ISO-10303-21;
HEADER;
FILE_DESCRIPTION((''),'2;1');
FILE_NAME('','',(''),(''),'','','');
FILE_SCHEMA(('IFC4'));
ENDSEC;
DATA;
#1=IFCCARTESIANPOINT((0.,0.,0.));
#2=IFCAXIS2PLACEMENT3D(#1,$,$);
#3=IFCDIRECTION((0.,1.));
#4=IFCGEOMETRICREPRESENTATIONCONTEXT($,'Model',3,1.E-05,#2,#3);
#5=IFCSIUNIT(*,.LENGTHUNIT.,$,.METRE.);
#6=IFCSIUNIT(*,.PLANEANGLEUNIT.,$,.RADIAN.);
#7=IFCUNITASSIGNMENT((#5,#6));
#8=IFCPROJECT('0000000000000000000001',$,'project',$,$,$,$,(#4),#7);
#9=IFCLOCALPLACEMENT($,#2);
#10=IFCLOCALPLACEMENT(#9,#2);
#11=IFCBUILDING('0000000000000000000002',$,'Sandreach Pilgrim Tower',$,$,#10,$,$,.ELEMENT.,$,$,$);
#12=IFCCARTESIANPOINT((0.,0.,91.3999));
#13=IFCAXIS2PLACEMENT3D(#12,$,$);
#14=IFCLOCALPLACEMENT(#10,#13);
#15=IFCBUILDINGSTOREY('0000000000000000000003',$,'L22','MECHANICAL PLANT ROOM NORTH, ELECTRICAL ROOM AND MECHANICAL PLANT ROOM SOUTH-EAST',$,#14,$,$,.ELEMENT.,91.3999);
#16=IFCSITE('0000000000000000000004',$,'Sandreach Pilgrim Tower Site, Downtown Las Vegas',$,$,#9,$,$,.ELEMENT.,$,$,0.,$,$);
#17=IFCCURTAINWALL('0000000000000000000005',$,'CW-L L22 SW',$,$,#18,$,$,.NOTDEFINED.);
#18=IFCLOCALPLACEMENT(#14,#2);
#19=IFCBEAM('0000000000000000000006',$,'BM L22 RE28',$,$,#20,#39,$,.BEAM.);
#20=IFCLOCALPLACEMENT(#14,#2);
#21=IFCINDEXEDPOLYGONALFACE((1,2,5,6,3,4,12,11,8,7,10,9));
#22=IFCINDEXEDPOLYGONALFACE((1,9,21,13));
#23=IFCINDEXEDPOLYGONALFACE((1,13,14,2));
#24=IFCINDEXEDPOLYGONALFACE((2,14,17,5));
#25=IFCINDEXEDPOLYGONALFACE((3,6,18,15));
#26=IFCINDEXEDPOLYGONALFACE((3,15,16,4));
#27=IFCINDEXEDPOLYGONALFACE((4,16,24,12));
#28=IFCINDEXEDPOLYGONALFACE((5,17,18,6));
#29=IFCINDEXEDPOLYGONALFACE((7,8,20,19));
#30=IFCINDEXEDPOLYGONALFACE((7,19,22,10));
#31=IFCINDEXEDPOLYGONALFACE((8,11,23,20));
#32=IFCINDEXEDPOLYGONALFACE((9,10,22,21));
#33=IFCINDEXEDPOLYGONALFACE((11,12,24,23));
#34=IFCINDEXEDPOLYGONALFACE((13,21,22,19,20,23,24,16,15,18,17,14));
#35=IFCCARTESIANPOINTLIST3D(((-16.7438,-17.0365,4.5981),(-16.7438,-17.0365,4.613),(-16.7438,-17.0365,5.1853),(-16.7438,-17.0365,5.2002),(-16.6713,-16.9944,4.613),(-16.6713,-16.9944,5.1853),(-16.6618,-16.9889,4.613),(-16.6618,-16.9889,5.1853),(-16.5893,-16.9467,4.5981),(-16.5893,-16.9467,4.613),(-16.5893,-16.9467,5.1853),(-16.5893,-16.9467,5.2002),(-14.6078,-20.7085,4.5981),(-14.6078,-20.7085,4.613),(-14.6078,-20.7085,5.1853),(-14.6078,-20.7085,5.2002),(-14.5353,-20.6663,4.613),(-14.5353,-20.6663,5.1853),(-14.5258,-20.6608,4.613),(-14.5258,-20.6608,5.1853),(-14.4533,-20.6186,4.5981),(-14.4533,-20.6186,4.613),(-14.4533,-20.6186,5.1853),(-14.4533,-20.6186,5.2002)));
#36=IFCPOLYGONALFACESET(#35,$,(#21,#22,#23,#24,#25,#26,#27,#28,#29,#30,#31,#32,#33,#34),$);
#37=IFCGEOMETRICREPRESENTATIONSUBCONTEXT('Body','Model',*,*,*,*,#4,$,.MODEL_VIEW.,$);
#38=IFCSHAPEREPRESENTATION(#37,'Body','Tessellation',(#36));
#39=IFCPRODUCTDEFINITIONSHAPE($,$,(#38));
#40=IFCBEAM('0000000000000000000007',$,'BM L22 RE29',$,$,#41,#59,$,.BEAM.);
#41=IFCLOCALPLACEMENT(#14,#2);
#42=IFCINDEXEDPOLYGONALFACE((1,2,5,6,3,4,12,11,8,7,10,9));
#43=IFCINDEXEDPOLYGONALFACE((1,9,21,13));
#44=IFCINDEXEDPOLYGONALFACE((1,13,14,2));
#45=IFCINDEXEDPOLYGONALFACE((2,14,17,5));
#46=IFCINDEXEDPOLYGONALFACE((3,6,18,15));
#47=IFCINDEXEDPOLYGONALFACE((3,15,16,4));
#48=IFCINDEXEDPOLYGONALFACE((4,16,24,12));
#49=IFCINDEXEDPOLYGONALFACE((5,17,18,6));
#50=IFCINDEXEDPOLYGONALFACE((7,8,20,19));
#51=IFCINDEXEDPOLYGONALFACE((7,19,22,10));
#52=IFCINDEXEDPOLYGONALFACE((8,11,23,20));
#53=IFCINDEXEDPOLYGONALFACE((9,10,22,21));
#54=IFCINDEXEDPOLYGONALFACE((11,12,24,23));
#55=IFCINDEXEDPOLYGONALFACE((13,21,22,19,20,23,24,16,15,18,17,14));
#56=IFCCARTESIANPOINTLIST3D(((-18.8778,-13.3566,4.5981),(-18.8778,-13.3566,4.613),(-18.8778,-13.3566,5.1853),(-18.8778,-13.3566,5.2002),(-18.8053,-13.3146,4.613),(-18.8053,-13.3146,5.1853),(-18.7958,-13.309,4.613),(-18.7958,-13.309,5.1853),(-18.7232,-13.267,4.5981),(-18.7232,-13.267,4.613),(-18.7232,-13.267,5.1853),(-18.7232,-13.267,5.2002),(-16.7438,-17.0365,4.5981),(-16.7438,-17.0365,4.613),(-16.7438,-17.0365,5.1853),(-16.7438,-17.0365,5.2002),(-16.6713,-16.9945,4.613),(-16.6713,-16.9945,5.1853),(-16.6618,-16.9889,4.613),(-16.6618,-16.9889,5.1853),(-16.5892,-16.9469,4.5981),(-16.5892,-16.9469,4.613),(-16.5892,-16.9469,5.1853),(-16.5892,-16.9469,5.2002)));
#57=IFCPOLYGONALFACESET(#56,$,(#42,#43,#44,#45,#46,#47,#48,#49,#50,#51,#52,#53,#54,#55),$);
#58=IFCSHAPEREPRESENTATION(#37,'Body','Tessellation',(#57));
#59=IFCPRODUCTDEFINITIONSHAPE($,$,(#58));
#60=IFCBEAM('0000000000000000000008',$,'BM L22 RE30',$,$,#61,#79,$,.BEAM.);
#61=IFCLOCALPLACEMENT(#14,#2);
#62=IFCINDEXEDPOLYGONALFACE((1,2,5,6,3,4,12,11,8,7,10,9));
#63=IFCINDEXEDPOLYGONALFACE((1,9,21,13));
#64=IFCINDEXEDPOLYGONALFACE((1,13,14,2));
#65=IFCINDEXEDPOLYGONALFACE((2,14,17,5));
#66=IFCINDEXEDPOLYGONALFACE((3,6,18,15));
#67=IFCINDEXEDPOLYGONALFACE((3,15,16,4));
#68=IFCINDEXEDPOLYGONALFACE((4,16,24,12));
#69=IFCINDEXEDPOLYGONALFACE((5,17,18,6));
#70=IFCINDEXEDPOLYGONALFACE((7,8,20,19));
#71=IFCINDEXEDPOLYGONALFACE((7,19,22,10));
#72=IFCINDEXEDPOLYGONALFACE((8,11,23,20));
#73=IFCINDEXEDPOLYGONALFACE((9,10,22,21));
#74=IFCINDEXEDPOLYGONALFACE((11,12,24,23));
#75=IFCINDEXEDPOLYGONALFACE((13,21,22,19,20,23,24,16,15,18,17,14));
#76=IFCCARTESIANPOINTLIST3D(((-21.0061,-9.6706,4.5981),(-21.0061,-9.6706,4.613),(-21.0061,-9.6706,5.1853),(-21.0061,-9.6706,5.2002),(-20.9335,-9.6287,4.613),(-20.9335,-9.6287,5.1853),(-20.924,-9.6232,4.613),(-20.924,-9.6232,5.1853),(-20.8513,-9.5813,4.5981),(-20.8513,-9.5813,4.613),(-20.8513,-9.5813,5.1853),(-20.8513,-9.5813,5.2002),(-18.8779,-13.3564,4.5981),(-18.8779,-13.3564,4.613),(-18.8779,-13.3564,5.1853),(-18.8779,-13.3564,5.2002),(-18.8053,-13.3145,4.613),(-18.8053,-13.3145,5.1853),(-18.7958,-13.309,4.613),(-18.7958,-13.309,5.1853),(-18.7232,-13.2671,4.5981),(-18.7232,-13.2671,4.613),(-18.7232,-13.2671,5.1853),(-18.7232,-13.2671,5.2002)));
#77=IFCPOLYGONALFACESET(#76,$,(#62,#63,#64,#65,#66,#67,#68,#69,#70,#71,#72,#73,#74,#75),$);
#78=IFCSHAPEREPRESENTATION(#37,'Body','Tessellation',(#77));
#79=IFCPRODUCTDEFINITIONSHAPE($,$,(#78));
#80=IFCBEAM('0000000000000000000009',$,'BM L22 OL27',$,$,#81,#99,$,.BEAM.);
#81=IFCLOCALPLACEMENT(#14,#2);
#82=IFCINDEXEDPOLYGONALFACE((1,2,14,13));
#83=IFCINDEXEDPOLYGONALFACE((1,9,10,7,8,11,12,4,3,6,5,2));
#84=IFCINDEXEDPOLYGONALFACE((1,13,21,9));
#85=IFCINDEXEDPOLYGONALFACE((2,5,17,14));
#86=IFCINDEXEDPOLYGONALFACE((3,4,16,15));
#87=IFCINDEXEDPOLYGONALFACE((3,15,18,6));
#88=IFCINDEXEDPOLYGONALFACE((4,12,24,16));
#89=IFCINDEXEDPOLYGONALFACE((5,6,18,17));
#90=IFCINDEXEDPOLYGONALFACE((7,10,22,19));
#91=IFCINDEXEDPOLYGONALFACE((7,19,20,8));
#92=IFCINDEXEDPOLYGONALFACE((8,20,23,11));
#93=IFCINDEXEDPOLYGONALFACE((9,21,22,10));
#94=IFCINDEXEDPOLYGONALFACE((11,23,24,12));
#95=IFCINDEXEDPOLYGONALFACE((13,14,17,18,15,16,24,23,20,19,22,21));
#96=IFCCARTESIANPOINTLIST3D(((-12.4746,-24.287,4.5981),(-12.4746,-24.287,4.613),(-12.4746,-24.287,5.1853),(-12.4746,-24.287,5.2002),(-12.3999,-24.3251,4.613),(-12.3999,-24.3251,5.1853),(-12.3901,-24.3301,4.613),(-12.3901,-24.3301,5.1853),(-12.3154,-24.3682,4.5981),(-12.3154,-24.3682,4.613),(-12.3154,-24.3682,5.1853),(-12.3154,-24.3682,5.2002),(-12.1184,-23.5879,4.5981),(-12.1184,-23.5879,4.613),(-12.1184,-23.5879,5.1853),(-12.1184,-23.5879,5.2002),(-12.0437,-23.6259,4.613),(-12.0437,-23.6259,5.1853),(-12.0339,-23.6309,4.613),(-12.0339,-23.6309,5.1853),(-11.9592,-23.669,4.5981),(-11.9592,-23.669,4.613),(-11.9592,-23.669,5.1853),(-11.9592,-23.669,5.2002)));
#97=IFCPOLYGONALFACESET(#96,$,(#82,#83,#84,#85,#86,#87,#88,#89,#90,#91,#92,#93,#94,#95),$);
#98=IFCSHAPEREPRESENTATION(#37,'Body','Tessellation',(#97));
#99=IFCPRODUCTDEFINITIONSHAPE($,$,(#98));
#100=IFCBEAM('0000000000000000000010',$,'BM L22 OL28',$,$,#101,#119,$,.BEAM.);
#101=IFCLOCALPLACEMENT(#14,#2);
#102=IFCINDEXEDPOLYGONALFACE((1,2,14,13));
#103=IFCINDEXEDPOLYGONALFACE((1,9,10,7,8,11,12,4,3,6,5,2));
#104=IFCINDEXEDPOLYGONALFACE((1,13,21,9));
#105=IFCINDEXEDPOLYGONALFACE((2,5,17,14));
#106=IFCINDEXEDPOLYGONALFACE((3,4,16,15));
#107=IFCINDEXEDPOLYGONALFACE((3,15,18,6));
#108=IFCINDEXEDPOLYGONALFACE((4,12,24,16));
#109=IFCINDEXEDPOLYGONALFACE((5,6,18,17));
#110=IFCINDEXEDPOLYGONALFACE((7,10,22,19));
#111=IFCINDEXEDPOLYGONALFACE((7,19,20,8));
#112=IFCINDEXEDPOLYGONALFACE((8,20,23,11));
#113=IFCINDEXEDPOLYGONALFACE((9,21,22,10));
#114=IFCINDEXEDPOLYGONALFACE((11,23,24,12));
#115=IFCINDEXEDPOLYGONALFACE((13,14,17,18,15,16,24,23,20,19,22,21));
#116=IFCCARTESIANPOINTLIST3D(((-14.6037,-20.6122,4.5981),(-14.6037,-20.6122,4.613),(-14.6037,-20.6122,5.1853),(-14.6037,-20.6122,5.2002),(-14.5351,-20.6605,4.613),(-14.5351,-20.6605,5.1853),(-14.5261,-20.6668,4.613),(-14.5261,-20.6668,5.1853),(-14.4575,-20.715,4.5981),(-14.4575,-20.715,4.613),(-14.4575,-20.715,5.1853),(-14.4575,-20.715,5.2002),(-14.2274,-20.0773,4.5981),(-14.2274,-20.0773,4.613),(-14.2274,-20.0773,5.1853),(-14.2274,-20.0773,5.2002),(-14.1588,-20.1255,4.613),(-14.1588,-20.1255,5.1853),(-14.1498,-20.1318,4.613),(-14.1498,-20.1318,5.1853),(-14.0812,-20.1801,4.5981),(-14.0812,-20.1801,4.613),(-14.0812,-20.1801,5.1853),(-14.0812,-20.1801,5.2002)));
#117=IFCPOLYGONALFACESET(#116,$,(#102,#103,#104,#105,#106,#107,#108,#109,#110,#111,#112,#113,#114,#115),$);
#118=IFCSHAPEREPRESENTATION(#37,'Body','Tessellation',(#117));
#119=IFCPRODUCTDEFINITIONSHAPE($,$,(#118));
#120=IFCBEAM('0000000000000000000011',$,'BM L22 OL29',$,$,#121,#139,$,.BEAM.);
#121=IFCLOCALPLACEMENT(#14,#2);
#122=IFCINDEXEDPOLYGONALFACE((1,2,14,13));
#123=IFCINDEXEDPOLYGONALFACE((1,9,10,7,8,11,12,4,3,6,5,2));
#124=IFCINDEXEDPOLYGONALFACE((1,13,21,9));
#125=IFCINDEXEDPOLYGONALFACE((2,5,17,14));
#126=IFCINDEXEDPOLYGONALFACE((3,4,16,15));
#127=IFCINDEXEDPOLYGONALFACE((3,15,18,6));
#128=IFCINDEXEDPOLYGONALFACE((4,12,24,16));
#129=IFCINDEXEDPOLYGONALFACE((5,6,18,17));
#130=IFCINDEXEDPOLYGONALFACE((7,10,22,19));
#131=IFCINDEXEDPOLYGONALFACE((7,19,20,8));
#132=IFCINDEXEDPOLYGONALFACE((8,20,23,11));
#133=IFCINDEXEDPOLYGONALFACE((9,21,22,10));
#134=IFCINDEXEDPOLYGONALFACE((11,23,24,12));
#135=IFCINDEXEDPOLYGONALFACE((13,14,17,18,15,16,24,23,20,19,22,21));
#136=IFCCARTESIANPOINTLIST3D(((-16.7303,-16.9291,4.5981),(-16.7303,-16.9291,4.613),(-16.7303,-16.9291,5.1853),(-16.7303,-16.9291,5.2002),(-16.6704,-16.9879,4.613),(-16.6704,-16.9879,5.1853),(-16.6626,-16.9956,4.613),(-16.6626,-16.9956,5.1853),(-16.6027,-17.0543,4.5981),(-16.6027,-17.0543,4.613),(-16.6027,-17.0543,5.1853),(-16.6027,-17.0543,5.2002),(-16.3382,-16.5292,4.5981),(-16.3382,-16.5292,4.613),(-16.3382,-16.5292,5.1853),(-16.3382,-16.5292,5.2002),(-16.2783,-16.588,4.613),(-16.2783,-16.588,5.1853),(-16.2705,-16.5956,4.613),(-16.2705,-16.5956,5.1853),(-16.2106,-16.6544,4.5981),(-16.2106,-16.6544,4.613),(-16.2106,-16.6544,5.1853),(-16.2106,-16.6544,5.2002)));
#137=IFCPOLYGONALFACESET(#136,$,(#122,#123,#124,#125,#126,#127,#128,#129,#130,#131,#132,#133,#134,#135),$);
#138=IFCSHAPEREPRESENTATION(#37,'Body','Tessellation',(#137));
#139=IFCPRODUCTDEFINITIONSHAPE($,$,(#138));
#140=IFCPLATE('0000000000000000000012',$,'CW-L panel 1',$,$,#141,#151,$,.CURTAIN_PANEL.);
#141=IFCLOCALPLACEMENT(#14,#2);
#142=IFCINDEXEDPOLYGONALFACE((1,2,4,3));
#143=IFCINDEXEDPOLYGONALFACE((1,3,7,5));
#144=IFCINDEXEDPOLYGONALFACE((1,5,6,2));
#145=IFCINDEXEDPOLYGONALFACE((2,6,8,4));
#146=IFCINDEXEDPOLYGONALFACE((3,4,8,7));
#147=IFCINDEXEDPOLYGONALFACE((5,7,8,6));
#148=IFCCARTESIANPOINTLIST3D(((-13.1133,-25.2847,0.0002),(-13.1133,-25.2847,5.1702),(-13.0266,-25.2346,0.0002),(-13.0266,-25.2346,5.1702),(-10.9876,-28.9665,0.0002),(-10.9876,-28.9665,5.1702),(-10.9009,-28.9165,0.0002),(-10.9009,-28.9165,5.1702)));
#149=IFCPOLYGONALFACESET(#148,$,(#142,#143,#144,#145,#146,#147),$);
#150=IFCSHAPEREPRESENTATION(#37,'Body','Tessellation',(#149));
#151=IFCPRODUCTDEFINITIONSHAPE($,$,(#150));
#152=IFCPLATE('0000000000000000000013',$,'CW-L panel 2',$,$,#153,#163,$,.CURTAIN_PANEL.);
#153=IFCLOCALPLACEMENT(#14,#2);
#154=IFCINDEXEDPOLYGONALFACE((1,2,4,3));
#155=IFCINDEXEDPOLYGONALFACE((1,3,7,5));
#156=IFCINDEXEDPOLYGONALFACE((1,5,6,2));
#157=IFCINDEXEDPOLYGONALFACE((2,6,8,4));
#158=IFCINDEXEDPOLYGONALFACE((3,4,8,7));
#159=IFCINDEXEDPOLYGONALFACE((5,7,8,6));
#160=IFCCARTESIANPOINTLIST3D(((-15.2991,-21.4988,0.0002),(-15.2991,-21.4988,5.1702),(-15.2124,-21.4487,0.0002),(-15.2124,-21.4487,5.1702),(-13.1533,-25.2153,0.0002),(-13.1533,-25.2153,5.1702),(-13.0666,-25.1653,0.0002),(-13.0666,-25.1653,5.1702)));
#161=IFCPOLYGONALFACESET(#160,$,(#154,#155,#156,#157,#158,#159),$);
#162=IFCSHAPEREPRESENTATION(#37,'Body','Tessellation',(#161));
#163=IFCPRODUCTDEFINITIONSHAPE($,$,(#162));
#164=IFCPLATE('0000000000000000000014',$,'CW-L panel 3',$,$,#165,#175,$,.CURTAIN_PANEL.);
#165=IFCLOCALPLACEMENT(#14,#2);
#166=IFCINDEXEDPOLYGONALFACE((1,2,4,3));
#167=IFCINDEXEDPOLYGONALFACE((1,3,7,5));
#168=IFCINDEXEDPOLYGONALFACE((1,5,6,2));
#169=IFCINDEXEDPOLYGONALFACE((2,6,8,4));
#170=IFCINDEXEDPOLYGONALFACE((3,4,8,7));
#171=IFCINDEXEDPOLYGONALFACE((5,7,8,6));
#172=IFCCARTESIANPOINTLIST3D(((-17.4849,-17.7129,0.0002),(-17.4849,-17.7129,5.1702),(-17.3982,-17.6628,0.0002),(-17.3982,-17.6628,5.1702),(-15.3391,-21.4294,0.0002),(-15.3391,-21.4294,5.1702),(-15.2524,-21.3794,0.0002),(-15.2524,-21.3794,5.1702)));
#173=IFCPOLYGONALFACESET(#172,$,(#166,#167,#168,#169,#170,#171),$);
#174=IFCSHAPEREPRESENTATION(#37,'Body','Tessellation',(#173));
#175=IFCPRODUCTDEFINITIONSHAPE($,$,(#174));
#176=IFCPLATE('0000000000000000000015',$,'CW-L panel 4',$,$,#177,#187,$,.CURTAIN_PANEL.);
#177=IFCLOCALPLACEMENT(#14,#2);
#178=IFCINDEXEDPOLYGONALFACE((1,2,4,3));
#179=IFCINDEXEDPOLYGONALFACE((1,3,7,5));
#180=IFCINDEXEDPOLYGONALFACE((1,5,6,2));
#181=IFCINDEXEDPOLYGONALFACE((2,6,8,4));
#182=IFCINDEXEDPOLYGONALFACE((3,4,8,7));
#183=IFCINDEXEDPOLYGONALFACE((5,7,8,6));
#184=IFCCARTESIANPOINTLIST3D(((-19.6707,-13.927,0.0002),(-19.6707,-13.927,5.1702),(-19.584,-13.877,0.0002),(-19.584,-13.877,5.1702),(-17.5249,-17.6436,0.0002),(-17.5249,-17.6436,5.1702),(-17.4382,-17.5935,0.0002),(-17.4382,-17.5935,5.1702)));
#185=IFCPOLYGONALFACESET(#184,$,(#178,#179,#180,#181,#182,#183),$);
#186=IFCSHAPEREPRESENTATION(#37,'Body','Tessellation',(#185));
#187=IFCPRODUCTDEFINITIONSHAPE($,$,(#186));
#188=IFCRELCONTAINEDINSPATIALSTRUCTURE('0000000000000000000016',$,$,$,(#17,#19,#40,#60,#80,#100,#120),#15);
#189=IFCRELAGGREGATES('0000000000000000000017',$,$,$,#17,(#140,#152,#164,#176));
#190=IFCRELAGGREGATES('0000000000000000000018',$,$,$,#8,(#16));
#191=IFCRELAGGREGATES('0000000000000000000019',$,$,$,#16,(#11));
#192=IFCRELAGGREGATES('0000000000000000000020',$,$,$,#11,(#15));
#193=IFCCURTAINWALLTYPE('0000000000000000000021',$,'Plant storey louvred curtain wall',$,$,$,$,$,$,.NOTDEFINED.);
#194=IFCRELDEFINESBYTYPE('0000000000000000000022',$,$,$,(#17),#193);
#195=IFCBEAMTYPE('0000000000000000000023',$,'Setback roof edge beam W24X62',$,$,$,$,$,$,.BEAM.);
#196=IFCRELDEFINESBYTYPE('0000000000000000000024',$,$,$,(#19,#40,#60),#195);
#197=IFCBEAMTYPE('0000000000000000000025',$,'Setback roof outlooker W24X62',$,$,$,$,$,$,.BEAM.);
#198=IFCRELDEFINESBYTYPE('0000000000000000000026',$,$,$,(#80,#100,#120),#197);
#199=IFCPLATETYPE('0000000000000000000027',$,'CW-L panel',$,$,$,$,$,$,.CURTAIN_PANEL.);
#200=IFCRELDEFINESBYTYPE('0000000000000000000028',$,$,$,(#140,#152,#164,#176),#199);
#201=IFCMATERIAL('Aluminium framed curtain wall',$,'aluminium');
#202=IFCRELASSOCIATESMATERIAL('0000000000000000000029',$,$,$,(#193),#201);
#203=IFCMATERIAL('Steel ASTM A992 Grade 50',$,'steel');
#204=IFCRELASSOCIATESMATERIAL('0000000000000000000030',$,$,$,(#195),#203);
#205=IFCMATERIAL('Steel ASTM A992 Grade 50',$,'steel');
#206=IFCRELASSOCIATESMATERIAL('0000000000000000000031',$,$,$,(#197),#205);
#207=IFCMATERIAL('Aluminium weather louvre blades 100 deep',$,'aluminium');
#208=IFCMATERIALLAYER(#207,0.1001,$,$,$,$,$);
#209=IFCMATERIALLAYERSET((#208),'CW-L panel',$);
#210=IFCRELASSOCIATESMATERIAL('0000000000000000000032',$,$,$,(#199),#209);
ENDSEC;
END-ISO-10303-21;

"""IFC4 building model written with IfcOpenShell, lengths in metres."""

from ifc_helpers import new_model, si_unit, direction, frame, origin, origin_2d, place, context, subcontext, project, spatial, rectangle, i_section, extrude, material, layer, layer_set, material_profile, profile_set, type_object, element, aggregate, save


model = new_model("IFC4")

# Units and contexts
model_context = context("Model", 3, precision=1e-05, world=origin(), true_north=direction((0.0, 1.0)))
body_context = subcontext(model_context, "Body", "Model", "MODEL_VIEW")
ifc_project = project(units=[si_unit("LENGTHUNIT", "METRE"), si_unit("PLANEANGLEUNIT", "RADIAN")], contexts=[model_context])

# Site, building, storey
site_placement = place(None, origin())
site = spatial("IfcSite", under=ifc_project, at=site_placement, Name="Sandreach Pilgrim Tower Site, Downtown Las Vegas", CompositionType="ELEMENT", RefElevation=0.0)
building_placement = place(site_placement, origin())
building = spatial("IfcBuilding", under=site, at=building_placement, Name="Sandreach Pilgrim Tower", CompositionType="ELEMENT")
storey_placement = place(building_placement, frame((0.0, 0.0, 91.3999)))
storey = spatial("IfcBuildingStorey", under=building, at=storey_placement, Name="L22", Description="MECHANICAL PLANT ROOM NORTH, ELECTRICAL ROOM AND MECHANICAL PLANT ROOM SOUTH-EAST", CompositionType="ELEMENT", Elevation=91.3999)

# Curtain wall
ifc_material_1 = material(Name="Aluminium framed curtain wall", Category="aluminium")
curtain_wall_type = type_object("IfcCurtainWallType", Name="Plant storey louvred curtain wall", PredefinedType="NOTDEFINED", material=ifc_material_1)
curtain_wall_placement = place(storey_placement, origin())
curtain_wall = element("IfcCurtainWall", 1, at=curtain_wall_placement, inside=storey, type_object=curtain_wall_type, Name="CW-L L22 SW", PredefinedType="NOTDEFINED")

# Beams
ifc_material_2 = material(Name="Steel ASTM A992 Grade 50", Category="steel")
ifc_material_profile_1 = material_profile(ifc_material_2, i_section(OverallWidth=0.1787, OverallDepth=0.6021, WebThickness=0.011, FlangeThickness=0.0149, at=origin_2d()), Name="W24X62")
ifc_profile_set_1 = profile_set([ifc_material_profile_1], Name="Steel ASTM A992 Grade 50")
beam_type_1 = type_object("IfcBeamType", Name="Setback roof edge beam W24X62", PredefinedType="BEAM", material=ifc_profile_set_1)
beam_1_placement = place(storey_placement, frame((-14.5305, -20.6636, 4.8992), z_axis=(-0.502827, 0.864387, 0.0), x_axis=(-0.864387, -0.502827, 0.0)))
element("IfcBeam", 2, at=beam_1_placement, inside=storey, type_object=beam_type_1, Name="BM L22 RE28", PredefinedType="BEAM", context=body_context, shape_type="SweptSolid", body=[
    extrude(i_section(OverallWidth=0.1787, OverallDepth=0.6021, WebThickness=0.011, FlangeThickness=0.0149, at=origin_2d()), origin(), (0.0, 0.0, 1.0), 4.248),
])
beam_2_placement = place(storey_placement, frame((-16.6665, -16.9917, 4.8992), z_axis=(-0.501661, 0.865065, 0.0), x_axis=(-0.865065, -0.501661, 0.0)))
element("IfcBeam", 3, at=beam_2_placement, inside=storey, type_object=beam_type_1, Name="BM L22 RE29", PredefinedType="BEAM", context=body_context, shape_type="SweptSolid", body=[
    extrude(i_section(OverallWidth=0.1787, OverallDepth=0.6021, WebThickness=0.011, FlangeThickness=0.0149, at=origin_2d()), origin(), (0.0, 0.0, 1.0), 4.2539),
])
beam_3_placement = place(storey_placement, frame((-18.8005, -13.3118, 4.8992), z_axis=(-0.500032, 0.866007, 0.0), x_axis=(-0.866007, -0.500032, 0.0)))
element("IfcBeam", 4, at=beam_3_placement, inside=storey, type_object=beam_type_1, Name="BM L22 RE30", PredefinedType="BEAM", context=body_context, shape_type="SweptSolid", body=[
    extrude(i_section(OverallWidth=0.1787, OverallDepth=0.6021, WebThickness=0.011, FlangeThickness=0.0149, at=origin_2d()), origin(), (0.0, 0.0, 1.0), 4.2561),
])
ifc_material_3 = material(Name="Steel ASTM A992 Grade 50", Category="steel")
ifc_material_profile_2 = material_profile(ifc_material_3, i_section(OverallWidth=0.1787, OverallDepth=0.6021, WebThickness=0.011, FlangeThickness=0.0149, at=origin_2d()), Name="W24X62")
ifc_profile_set_2 = profile_set([ifc_material_profile_2], Name="Steel ASTM A992 Grade 50")
beam_type_2 = type_object("IfcBeamType", Name="Setback roof outlooker W24X62", PredefinedType="BEAM", material=ifc_profile_set_2)
beam_4_placement = place(storey_placement, frame((-12.0388, -23.6284, 4.8992), z_axis=(-0.453921, -0.891042, 0.0), x_axis=(0.891042, -0.453921, 0.0)))
element("IfcBeam", 5, at=beam_4_placement, inside=storey, type_object=beam_type_2, Name="BM L22 OL27", PredefinedType="BEAM", context=body_context, shape_type="SweptSolid", body=[
    extrude(i_section(OverallWidth=0.1787, OverallDepth=0.6021, WebThickness=0.011, FlangeThickness=0.0149, at=origin_2d()), origin(), (0.0, 0.0, 1.0), 0.7847),
])
beam_5_placement = place(storey_placement, frame((-14.1543, -20.1287, 4.8992), z_axis=(-0.57529, -0.81795, 0.0), x_axis=(0.81795, -0.57529, 0.0)))
element("IfcBeam", 6, at=beam_5_placement, inside=storey, type_object=beam_type_2, Name="BM L22 OL28", PredefinedType="BEAM", context=body_context, shape_type="SweptSolid", body=[
    extrude(i_section(OverallWidth=0.1787, OverallDepth=0.6021, WebThickness=0.011, FlangeThickness=0.0149, at=origin_2d()), origin(), (0.0, 0.0, 1.0), 0.6541),
])
beam_6_placement = place(storey_placement, frame((-16.2744, -16.5918, 4.8992), z_axis=(-0.700098, -0.714047, 0.0), x_axis=(0.714047, -0.700098, 0.0)))
element("IfcBeam", 7, at=beam_6_placement, inside=storey, type_object=beam_type_2, Name="BM L22 OL29", PredefinedType="BEAM", context=body_context, shape_type="SweptSolid", body=[
    extrude(i_section(OverallWidth=0.1787, OverallDepth=0.6021, WebThickness=0.011, FlangeThickness=0.0149, at=origin_2d()), origin(), (0.0, 0.0, 1.0), 0.5601),
])

# Plates
ifc_material_4 = material(Name="Aluminium weather louvre blades 100 deep", Category="aluminium")
ifc_layer = layer(ifc_material_4, 0.1001)
ifc_layer_set = layer_set([ifc_layer], Name="CW-L panel")
plate_type = type_object("IfcPlateType", Name="CW-L panel", PredefinedType="CURTAIN_PANEL", material=ifc_layer_set)
plate_1_placement = place(storey_placement, frame((-12.0071, -27.1006, 0.0002), z_axis=(0.0, 0.0, 1.0), x_axis=(-0.5, 0.866025, 0.0)))
plate_1 = element("IfcPlate", 8, at=plate_1_placement, type_object=plate_type, Name="CW-L panel 1", PredefinedType="CURTAIN_PANEL", context=body_context, shape_type="SweptSolid", body=[
    extrude(rectangle(XDim=4.2515, YDim=0.1001, at=origin_2d()), origin(), (0.0, 0.0, 1.0), 5.1699),
])
plate_2_placement = place(storey_placement, frame((-14.1829, -23.332, 0.0002), z_axis=(0.0, 0.0, 1.0), x_axis=(-0.5, 0.866025, 0.0)))
plate_2 = element("IfcPlate", 9, at=plate_2_placement, type_object=plate_type, Name="CW-L panel 2", PredefinedType="CURTAIN_PANEL", context=body_context, shape_type="SweptSolid", body=[
    extrude(rectangle(XDim=4.2915, YDim=0.1001, at=origin_2d()), origin(), (0.0, 0.0, 1.0), 5.1699),
])
plate_3_placement = place(storey_placement, frame((-16.3687, -19.5461, 0.0002), z_axis=(0.0, 0.0, 1.0), x_axis=(-0.5, 0.866025, 0.0)))
plate_3 = element("IfcPlate", 10, at=plate_3_placement, type_object=plate_type, Name="CW-L panel 3", PredefinedType="CURTAIN_PANEL", context=body_context, shape_type="SweptSolid", body=[
    extrude(rectangle(XDim=4.2915, YDim=0.1001, at=origin_2d()), origin(), (0.0, 0.0, 1.0), 5.1699),
])
plate_4_placement = place(storey_placement, frame((-18.5544, -15.7603, 0.0002), z_axis=(0.0, 0.0, 1.0), x_axis=(-0.5, 0.866025, 0.0)))
plate_4 = element("IfcPlate", 11, at=plate_4_placement, type_object=plate_type, Name="CW-L panel 4", PredefinedType="CURTAIN_PANEL", context=body_context, shape_type="SweptSolid", body=[
    extrude(rectangle(XDim=4.2915, YDim=0.1001, at=origin_2d()), origin(), (0.0, 0.0, 1.0), 5.1699),
])
aggregate(curtain_wall, [plate_1, plate_2, plate_3, plate_4])

save(model, "model.ifc")
